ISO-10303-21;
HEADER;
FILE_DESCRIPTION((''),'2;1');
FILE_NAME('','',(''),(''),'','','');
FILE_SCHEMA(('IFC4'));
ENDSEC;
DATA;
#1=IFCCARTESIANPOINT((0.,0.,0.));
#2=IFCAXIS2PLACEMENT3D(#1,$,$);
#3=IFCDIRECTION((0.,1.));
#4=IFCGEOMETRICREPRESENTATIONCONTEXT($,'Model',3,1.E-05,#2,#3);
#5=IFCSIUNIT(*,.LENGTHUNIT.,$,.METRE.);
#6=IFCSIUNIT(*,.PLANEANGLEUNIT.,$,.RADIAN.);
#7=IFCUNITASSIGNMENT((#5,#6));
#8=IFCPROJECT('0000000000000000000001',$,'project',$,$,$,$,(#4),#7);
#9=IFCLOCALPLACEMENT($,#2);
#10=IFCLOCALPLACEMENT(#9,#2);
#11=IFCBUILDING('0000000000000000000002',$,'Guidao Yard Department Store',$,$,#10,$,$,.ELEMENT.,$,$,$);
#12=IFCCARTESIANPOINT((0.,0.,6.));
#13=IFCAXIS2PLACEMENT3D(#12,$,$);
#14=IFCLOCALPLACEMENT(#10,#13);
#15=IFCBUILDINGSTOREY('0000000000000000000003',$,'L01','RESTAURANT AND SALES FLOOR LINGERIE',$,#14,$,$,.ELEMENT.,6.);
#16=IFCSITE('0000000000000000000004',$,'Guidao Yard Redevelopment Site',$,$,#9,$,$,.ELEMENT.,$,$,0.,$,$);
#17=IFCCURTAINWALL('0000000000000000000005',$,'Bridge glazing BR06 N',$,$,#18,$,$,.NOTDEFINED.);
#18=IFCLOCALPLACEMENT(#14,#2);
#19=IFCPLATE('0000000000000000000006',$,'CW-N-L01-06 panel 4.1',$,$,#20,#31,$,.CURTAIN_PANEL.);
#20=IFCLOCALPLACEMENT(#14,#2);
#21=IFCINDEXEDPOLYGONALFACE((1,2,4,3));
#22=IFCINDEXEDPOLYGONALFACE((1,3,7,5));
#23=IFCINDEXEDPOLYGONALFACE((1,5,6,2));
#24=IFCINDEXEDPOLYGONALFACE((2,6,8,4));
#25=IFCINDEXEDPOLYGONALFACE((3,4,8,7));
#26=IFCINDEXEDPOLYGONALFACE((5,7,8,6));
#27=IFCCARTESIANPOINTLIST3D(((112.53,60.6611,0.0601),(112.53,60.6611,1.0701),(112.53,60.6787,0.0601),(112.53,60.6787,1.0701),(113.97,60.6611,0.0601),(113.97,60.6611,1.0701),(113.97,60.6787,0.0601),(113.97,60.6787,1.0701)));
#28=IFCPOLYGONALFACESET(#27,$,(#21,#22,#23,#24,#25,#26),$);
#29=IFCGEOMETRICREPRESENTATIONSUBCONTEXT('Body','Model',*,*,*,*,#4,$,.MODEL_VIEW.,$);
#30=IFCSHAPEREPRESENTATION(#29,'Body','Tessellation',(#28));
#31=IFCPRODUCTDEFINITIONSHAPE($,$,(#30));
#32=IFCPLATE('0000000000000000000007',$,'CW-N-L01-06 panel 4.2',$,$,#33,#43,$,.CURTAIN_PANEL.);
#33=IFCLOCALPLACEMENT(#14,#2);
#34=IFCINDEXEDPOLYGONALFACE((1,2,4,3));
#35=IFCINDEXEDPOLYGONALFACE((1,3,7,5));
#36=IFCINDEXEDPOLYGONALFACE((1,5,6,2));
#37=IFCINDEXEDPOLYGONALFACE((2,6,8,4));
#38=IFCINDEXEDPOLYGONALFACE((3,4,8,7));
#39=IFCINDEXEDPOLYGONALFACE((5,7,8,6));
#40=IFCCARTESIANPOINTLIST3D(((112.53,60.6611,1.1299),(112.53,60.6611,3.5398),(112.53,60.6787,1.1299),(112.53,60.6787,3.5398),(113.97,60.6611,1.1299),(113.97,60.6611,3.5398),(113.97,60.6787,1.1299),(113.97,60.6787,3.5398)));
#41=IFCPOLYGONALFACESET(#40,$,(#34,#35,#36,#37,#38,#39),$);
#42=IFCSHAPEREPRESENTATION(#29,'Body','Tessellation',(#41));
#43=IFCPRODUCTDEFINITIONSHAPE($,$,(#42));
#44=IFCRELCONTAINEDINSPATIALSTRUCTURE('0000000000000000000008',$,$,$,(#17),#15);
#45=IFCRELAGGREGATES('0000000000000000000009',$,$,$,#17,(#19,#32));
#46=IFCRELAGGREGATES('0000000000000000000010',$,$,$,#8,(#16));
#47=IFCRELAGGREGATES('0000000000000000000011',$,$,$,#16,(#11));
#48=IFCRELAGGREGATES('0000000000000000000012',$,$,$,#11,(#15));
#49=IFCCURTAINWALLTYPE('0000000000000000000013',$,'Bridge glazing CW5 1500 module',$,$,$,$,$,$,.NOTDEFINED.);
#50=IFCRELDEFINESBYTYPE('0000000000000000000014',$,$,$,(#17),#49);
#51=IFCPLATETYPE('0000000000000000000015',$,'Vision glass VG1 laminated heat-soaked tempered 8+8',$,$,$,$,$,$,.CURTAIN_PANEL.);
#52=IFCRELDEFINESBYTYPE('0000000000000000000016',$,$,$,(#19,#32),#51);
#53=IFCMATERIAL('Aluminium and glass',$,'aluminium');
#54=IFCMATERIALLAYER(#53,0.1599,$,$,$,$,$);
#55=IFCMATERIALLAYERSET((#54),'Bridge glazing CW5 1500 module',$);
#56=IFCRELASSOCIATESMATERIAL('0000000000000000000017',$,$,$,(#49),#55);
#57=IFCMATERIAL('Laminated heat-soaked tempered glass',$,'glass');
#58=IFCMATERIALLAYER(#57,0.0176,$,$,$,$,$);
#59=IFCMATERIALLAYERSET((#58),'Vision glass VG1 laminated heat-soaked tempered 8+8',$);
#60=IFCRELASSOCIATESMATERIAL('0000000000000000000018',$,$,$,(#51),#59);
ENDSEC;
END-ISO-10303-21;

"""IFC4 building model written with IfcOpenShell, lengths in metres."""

from ifc_helpers import new_model, si_unit, direction, frame, origin, origin_2d, place, context, subcontext, project, spatial, rectangle, extrude, material, layer, layer_set, type_object, element, aggregate, save


model = new_model("IFC4")

# Units and contexts
model_context = context("Model", 3, precision=1e-05, world=origin(), true_north=direction((0.0, 1.0)))
body_context = subcontext(model_context, "Body", "Model", "MODEL_VIEW")
ifc_project = project(units=[si_unit("LENGTHUNIT", "METRE"), si_unit("PLANEANGLEUNIT", "RADIAN")], contexts=[model_context])

# Site, building, storey
site_placement = place(None, origin())
site = spatial("IfcSite", under=ifc_project, at=site_placement, Name="Guidao Yard Redevelopment Site", CompositionType="ELEMENT", RefElevation=0.0)
building_placement = place(site_placement, origin())
building = spatial("IfcBuilding", under=site, at=building_placement, Name="Guidao Yard Department Store", CompositionType="ELEMENT")
storey_placement = place(building_placement, frame((0.0, 0.0, 6.0)))
storey = spatial("IfcBuildingStorey", under=building, at=storey_placement, Name="L01", Description="RESTAURANT AND SALES FLOOR LINGERIE", CompositionType="ELEMENT", Elevation=6.0)

# Curtain wall
ifc_material_1 = material(Name="Aluminium and glass", Category="aluminium")
ifc_layer_1 = layer(ifc_material_1, 0.1599)
ifc_layer_set_1 = layer_set([ifc_layer_1], Name="Bridge glazing CW5 1500 module")
curtain_wall_type = type_object("IfcCurtainWallType", Name="Bridge glazing CW5 1500 module", PredefinedType="NOTDEFINED", material=ifc_layer_set_1)
curtain_wall_1_placement = place(storey_placement, origin())
curtain_wall_1 = element("IfcCurtainWall", 1, at=curtain_wall_1_placement, inside=storey, type_object=curtain_wall_type, Name="Bridge glazing BR06 N", PredefinedType="NOTDEFINED")

# Plates
ifc_material_2 = material(Name="Laminated heat-soaked tempered glass", Category="glass")
ifc_layer_2 = layer(ifc_material_2, 0.0176)
ifc_layer_set_2 = layer_set([ifc_layer_2], Name="Vision glass VG1 laminated heat-soaked tempered 8+8")
plate_type_1 = type_object("IfcPlateType", Name="Vision glass VG1 laminated heat-soaked tempered 8+8", PredefinedType="CURTAIN_PANEL", material=ifc_layer_set_2)
plate_1_placement = place(storey_placement, frame((113.25, 60.6699, 0.0601), z_axis=(0.0, 0.0, 1.0), x_axis=(1.0, 0.0, 0.0)))
plate_1 = element("IfcPlate", 2, at=plate_1_placement, type_object=plate_type_1, Name="CW-N-L01-06 panel 4.1", PredefinedType="CURTAIN_PANEL", context=body_context, shape_type="SweptSolid", body=[
    extrude(rectangle(XDim=1.4399, YDim=0.0176, at=origin_2d()), origin(), (0.0, 0.0, 1.0), 1.01),
])
plate_2_placement = place(storey_placement, frame((113.25, 60.6699, 1.1299), z_axis=(0.0, 0.0, 1.0), x_axis=(1.0, 0.0, 0.0)))
plate_2 = element("IfcPlate", 3, at=plate_2_placement, type_object=plate_type_1, Name="CW-N-L01-06 panel 4.2", PredefinedType="CURTAIN_PANEL", context=body_context, shape_type="SweptSolid", body=[
    extrude(rectangle(XDim=1.4399, YDim=0.0176, at=origin_2d()), origin(), (0.0, 0.0, 1.0), 2.4099),
])
aggregate(curtain_wall_1, [plate_1, plate_2])

save(model, "model.ifc")
